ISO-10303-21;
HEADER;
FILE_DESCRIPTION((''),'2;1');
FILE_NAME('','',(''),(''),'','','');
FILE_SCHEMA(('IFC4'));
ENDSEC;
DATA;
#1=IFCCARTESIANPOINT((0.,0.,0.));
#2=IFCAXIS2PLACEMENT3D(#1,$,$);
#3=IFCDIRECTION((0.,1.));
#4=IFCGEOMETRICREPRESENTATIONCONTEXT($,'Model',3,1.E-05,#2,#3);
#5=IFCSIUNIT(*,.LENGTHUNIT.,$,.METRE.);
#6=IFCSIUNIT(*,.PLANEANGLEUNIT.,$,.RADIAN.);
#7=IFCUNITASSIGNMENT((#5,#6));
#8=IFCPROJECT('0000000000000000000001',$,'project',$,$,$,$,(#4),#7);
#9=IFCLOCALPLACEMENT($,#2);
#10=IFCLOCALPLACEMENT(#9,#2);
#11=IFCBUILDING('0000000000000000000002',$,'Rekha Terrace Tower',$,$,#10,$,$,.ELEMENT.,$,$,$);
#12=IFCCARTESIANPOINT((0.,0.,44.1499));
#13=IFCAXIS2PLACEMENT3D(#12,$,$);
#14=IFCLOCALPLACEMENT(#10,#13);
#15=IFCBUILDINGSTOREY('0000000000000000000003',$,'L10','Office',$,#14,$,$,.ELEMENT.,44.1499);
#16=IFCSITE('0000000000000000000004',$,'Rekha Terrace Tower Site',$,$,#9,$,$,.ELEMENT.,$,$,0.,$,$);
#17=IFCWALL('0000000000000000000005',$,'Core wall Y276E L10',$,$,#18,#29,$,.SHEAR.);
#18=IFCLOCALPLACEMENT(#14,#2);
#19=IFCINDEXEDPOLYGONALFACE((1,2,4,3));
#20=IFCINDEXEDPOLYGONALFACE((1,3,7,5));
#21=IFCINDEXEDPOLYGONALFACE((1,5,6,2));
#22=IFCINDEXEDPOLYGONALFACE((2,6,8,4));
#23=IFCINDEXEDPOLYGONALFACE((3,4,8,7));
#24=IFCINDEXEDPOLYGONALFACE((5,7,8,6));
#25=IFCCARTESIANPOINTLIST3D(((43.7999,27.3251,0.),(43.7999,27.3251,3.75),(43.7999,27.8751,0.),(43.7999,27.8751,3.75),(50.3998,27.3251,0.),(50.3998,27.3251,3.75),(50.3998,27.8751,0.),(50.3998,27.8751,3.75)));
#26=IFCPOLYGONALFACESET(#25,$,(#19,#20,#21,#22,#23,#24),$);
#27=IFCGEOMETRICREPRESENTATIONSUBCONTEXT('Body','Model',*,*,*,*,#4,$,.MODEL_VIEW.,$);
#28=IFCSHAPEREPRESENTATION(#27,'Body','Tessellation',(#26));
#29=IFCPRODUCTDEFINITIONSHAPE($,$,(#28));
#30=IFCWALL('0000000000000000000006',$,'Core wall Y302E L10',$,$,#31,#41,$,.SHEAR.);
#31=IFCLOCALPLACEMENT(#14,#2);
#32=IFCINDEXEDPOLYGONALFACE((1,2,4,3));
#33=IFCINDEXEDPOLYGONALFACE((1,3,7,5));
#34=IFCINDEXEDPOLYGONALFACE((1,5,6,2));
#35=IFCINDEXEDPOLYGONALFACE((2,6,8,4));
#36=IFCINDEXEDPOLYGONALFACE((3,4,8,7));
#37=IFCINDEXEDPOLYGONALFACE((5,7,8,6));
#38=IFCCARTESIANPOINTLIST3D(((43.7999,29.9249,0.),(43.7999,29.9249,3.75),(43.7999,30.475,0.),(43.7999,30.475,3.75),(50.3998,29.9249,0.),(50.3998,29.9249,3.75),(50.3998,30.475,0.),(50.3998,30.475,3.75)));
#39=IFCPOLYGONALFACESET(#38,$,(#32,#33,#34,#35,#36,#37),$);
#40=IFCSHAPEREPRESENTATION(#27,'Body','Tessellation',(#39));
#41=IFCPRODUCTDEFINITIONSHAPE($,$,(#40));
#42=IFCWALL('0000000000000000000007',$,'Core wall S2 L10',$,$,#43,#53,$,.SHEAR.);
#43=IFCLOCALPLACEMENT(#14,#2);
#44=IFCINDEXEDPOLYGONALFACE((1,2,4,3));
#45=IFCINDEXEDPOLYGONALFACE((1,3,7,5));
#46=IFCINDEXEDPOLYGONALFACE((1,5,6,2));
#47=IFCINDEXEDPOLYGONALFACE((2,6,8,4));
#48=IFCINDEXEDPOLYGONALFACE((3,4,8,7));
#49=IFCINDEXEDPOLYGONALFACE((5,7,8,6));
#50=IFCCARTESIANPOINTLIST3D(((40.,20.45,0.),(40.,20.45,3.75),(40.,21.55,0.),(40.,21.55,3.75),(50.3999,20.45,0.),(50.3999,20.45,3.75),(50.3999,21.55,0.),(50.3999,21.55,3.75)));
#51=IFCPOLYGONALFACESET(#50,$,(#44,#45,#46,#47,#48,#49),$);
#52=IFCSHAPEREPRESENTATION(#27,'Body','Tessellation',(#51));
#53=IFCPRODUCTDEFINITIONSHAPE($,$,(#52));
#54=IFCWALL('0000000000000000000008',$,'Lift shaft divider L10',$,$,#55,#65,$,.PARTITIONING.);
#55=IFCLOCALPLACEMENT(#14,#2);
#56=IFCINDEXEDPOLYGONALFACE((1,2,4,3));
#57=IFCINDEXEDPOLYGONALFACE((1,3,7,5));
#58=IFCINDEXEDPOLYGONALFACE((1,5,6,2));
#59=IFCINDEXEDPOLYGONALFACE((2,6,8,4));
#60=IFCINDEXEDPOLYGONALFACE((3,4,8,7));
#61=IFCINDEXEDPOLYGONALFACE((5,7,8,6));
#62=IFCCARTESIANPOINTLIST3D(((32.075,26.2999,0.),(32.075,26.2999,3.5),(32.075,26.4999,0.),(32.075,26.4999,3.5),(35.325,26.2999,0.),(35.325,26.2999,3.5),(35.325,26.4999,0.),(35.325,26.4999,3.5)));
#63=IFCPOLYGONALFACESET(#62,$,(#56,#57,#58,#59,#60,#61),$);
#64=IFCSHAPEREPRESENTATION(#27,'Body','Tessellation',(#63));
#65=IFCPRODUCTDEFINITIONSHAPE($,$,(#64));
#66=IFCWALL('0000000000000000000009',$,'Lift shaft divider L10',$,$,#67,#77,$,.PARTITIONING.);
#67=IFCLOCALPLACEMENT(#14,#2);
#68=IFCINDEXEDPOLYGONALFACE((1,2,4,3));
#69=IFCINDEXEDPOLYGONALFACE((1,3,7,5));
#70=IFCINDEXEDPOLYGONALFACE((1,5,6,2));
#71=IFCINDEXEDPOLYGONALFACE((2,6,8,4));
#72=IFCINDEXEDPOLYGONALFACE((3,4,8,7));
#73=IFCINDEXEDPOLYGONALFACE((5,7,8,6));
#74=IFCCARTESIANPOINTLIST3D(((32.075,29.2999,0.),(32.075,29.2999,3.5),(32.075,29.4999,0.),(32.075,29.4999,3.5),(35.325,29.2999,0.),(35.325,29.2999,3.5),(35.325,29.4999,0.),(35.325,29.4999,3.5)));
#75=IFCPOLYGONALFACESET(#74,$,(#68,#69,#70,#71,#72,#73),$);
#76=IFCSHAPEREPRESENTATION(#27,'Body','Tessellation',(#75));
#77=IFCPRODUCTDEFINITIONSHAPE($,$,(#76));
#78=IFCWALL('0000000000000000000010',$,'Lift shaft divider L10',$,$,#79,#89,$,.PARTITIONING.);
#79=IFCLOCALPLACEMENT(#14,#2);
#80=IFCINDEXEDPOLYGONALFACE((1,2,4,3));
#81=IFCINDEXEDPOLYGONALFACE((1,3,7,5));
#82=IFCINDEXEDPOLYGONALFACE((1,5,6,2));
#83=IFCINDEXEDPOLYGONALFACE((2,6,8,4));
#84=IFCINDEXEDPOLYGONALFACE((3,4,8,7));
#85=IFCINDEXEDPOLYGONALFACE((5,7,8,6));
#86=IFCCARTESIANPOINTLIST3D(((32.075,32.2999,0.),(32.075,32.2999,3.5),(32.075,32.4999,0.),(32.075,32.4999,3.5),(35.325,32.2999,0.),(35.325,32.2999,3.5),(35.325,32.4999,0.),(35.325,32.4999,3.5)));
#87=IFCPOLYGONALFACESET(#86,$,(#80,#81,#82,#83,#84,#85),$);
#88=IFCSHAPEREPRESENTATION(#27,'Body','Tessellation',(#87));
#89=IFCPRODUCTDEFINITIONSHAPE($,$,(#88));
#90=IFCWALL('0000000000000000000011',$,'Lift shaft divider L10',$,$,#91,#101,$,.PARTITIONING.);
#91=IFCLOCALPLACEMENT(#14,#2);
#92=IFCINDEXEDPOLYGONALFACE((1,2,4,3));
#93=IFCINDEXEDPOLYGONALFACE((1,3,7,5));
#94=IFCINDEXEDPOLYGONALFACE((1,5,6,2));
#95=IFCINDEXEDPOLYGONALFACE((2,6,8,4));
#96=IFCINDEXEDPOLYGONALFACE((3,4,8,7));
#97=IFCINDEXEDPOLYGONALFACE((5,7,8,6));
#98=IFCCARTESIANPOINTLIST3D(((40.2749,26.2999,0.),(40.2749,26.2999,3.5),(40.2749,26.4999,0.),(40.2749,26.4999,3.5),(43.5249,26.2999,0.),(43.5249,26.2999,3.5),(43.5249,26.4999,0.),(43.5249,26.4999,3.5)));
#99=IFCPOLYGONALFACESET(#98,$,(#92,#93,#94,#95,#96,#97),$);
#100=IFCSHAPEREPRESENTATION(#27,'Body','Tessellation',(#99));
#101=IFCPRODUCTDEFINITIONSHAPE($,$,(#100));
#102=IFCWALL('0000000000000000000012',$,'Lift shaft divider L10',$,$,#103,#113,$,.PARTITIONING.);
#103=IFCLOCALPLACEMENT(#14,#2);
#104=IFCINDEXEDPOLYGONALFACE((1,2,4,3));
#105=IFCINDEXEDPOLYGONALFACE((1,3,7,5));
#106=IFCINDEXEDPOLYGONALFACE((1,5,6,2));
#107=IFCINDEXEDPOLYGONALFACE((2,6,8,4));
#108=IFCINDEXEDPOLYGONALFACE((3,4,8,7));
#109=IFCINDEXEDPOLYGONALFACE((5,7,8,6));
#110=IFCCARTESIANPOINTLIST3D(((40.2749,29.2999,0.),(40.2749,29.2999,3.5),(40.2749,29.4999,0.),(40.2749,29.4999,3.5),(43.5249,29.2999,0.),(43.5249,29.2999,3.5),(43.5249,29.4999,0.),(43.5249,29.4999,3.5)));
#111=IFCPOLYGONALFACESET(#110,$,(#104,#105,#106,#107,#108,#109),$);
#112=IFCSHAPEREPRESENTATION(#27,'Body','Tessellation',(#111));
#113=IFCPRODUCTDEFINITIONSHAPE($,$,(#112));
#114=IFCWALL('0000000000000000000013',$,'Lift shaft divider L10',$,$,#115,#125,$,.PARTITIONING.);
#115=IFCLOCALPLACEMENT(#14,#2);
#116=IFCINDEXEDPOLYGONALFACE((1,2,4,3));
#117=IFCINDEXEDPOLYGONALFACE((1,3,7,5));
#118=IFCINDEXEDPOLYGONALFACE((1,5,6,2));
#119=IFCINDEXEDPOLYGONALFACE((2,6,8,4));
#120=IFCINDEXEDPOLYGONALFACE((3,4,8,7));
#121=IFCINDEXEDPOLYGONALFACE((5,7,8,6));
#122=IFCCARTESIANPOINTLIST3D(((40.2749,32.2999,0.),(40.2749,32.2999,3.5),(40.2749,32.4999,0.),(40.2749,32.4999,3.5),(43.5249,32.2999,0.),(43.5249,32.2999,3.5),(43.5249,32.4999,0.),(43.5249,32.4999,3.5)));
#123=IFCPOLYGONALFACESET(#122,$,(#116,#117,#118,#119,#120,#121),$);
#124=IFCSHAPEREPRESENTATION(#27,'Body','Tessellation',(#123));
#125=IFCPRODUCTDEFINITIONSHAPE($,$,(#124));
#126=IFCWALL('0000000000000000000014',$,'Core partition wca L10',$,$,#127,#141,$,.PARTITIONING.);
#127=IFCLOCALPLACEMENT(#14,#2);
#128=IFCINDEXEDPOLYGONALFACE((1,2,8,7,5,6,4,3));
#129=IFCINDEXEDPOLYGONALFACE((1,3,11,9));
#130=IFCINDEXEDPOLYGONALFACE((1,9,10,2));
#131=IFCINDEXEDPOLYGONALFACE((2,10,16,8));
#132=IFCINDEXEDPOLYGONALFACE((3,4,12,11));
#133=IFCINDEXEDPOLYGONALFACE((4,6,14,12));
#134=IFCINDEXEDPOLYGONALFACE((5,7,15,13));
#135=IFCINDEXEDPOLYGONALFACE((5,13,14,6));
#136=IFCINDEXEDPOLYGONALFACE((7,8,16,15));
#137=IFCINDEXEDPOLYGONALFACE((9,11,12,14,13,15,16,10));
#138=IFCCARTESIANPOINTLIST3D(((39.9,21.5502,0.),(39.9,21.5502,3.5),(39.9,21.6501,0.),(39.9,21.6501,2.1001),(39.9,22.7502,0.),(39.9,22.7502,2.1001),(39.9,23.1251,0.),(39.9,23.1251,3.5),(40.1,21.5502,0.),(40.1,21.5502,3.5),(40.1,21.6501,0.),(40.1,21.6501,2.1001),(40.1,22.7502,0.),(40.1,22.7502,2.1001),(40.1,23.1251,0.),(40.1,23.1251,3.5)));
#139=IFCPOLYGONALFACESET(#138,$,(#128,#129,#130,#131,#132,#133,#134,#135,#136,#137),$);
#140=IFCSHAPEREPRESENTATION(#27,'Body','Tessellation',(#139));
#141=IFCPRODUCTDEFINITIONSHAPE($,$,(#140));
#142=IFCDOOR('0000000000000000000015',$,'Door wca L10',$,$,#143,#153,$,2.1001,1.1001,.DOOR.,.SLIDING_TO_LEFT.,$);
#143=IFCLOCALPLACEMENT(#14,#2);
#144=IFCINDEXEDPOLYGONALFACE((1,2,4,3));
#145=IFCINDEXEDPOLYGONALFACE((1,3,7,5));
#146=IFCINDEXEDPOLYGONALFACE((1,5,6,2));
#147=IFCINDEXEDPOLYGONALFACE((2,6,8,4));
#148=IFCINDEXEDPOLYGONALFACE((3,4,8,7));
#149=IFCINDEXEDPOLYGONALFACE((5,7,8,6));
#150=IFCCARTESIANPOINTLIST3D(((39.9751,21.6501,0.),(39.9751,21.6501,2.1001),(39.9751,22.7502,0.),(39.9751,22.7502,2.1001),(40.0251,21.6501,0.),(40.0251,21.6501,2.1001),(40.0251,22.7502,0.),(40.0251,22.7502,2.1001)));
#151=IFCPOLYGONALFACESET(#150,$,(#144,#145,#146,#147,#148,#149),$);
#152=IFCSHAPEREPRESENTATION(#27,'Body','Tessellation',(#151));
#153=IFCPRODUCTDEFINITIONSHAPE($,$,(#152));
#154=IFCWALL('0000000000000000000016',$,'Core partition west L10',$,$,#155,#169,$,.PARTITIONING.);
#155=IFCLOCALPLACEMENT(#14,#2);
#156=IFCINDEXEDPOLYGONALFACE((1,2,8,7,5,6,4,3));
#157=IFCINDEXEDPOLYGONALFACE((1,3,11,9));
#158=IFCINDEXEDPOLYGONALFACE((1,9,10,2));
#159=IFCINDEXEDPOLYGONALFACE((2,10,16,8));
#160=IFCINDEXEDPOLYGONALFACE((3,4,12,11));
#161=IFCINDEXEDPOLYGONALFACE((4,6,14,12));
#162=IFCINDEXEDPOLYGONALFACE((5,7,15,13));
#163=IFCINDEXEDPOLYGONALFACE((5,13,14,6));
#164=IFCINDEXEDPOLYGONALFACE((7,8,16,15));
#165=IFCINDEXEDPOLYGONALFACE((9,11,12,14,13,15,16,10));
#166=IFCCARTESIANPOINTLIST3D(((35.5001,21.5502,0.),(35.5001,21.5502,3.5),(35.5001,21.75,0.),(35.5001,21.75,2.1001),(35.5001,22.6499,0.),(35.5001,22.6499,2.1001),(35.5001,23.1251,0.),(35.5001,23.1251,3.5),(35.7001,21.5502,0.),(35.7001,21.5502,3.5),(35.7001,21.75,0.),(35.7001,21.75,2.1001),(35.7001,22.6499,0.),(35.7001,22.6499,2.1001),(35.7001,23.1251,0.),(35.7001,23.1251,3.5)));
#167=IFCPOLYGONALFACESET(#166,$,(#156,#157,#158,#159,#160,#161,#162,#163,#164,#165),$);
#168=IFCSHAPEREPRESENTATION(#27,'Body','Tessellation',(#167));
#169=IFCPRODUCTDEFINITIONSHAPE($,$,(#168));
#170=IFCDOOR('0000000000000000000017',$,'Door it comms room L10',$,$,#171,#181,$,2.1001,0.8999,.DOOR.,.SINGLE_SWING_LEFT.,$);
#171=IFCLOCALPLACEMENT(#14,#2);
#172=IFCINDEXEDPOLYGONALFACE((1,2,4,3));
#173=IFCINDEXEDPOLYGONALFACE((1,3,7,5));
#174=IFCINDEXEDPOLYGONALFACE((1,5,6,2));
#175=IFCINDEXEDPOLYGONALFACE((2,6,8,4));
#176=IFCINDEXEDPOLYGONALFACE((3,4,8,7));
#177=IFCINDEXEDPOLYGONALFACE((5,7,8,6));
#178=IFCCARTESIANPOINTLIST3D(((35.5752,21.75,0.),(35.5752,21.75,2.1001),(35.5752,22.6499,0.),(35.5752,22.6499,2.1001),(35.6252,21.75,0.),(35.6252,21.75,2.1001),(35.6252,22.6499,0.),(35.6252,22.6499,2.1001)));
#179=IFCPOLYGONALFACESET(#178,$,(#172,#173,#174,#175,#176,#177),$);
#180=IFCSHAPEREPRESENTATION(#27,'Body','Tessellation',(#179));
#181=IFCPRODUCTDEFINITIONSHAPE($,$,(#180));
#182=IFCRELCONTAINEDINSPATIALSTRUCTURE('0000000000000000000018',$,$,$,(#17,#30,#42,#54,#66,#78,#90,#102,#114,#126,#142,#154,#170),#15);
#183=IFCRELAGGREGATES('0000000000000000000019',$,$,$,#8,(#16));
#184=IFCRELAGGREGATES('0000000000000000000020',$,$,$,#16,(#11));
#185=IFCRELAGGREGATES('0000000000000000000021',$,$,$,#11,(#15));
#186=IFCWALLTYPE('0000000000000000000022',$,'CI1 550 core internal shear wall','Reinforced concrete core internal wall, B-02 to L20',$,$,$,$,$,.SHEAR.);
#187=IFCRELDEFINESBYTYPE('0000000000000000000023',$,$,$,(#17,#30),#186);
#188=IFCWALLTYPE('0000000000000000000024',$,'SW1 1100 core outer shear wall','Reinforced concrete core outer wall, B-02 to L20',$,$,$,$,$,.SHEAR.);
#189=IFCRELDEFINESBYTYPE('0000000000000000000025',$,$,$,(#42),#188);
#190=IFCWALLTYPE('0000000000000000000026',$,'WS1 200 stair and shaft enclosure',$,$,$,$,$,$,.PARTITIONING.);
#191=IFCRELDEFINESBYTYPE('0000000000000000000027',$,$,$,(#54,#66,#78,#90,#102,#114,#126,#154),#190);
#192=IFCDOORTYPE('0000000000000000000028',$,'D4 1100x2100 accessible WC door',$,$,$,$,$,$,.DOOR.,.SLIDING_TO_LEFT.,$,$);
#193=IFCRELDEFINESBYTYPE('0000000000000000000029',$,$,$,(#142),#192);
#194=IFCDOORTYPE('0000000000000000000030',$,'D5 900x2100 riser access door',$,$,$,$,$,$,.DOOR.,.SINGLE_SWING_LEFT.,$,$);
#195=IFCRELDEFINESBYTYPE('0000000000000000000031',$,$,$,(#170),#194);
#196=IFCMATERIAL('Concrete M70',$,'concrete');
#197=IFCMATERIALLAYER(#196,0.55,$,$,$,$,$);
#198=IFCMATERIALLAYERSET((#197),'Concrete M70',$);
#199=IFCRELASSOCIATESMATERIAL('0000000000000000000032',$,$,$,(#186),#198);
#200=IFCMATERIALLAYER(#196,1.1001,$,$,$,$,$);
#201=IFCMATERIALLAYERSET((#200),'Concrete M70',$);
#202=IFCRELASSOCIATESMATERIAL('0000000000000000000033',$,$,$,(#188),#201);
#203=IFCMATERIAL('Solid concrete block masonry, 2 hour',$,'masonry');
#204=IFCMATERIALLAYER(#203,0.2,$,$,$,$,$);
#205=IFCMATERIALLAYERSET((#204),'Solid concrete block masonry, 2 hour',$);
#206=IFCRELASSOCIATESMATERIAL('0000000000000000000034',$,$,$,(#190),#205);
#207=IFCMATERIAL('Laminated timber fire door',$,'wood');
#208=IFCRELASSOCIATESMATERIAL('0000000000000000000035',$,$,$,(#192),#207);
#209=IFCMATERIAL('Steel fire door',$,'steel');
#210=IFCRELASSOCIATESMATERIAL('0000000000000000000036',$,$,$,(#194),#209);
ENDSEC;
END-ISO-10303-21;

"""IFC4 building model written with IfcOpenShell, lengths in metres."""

from ifc_helpers import new_model, si_unit, direction, frame, frame_2d, origin, place, context, subcontext, project, spatial, rectangle, extrude, material, layer, layer_set, type_object, element, fill, save


model = new_model("IFC4")

# Units and contexts
model_context = context("Model", 3, precision=1e-05, world=origin(), true_north=direction((0.0, 1.0)))
body_context = subcontext(model_context, "Body", "Model", "MODEL_VIEW")
ifc_project = project(units=[si_unit("LENGTHUNIT", "METRE"), si_unit("PLANEANGLEUNIT", "RADIAN")], contexts=[model_context])

# Site, building, storey
site_placement = place(None, origin())
site = spatial("IfcSite", under=ifc_project, at=site_placement, Name="Rekha Terrace Tower Site", CompositionType="ELEMENT", RefElevation=0.0)
building_placement = place(site_placement, origin())
building = spatial("IfcBuilding", under=site, at=building_placement, Name="Rekha Terrace Tower", CompositionType="ELEMENT")
storey_placement = place(building_placement, frame((0.0, 0.0, 44.1499)))
storey = spatial("IfcBuildingStorey", under=building, at=storey_placement, Name="L10", Description="Office", CompositionType="ELEMENT", Elevation=44.1499)

# Shared definitions
ifc_material_1 = material(Name="Concrete M70", Category="concrete")
ifc_layer_1 = layer(ifc_material_1, 0.55)
ifc_layer_set_1 = layer_set([ifc_layer_1], Name="Concrete M70")
wall_type_1 = type_object("IfcWallType", Name="CI1 550 core internal shear wall", Description="Reinforced concrete core internal wall, B-02 to L20", PredefinedType="SHEAR", material=ifc_layer_set_1)

# Walls
for number, where, z_axis, x_axis, name in (
    (1, (43.8, 27.6001, 0.0), (0.0, 0.0, 1.0), (1.0, 0.0, 0.0), "Core wall Y276E L10"),
    (2, (43.8, 30.2, 0.0), (0.0, 0.0, 1.0), (1.0, 0.0, 0.0), "Core wall Y302E L10"),
):
    element("IfcWall", number, at=place(storey_placement, frame(where, z_axis=z_axis, x_axis=x_axis)), inside=storey, type_object=wall_type_1, Name=name, PredefinedType="SHEAR", context=body_context, shape_type="SweptSolid", body=[
        extrude(rectangle(XDim=6.5999, YDim=0.55, at=frame_2d((3.2998, 0.0))), origin(), (0.0, 0.0, 1.0), 3.75),
    ])
ifc_layer_2 = layer(ifc_material_1, 1.1001)
ifc_layer_set_2 = layer_set([ifc_layer_2], Name="Concrete M70")
wall_type_2 = type_object("IfcWallType", Name="SW1 1100 core outer shear wall", Description="Reinforced concrete core outer wall, B-02 to L20", PredefinedType="SHEAR", material=ifc_layer_set_2)
wall_1_placement = place(storey_placement, frame((40.0, 21.0, 0.0), z_axis=(0.0, 0.0, 1.0), x_axis=(1.0, 0.0, 0.0)))
element("IfcWall", 3, at=wall_1_placement, inside=storey, type_object=wall_type_2, Name="Core wall S2 L10", PredefinedType="SHEAR", context=body_context, shape_type="SweptSolid", body=[
    extrude(rectangle(XDim=10.3999, YDim=1.1001, at=frame_2d((5.2, 0.0))), origin(), (0.0, 0.0, 1.0), 3.75),
])
ifc_material_2 = material(Name="Solid concrete block masonry, 2 hour", Category="masonry")
ifc_layer_3 = layer(ifc_material_2, 0.2)
ifc_layer_set_3 = layer_set([ifc_layer_3], Name="Solid concrete block masonry, 2 hour")
wall_type_3 = type_object("IfcWallType", Name="WS1 200 stair and shaft enclosure", PredefinedType="PARTITIONING", material=ifc_layer_set_3)
for number, where, z_axis, x_axis, name in (
    (4, (32.075, 26.3999, 0.0), (0.0, 0.0, 1.0), (1.0, 0.0, 0.0), "Lift shaft divider L10"),
    (5, (32.075, 29.3999, 0.0), (0.0, 0.0, 1.0), (1.0, 0.0, 0.0), "Lift shaft divider L10"),
    (6, (32.075, 32.3999, 0.0), (0.0, 0.0, 1.0), (1.0, 0.0, 0.0), "Lift shaft divider L10"),
    (7, (40.2749, 26.3999, 0.0), (0.0, 0.0, 1.0), (1.0, 0.0, 0.0), "Lift shaft divider L10"),
    (8, (40.2749, 29.3999, 0.0), (0.0, 0.0, 1.0), (1.0, 0.0, 0.0), "Lift shaft divider L10"),
    (9, (40.2749, 32.3999, 0.0), (0.0, 0.0, 1.0), (1.0, 0.0, 0.0), "Lift shaft divider L10"),
):
    element("IfcWall", number, at=place(storey_placement, frame(where, z_axis=z_axis, x_axis=x_axis)), inside=storey, type_object=wall_type_3, Name=name, PredefinedType="PARTITIONING", context=body_context, shape_type="SweptSolid", body=[
        extrude(rectangle(XDim=3.25, YDim=0.2, at=frame_2d((1.625, 0.0))), origin(), (0.0, 0.0, 1.0), 3.5),
    ])

# Walls, openings, doors
wall_2_placement = place(storey_placement, frame((40.0, 21.55, 0.0), z_axis=(0.0, 0.0, 1.0), x_axis=(0.0, 1.0, 0.0)))
wall_2 = element("IfcWall", 10, at=wall_2_placement, inside=storey, type_object=wall_type_3, Name="Core partition wca L10", PredefinedType="PARTITIONING", context=body_context, shape_type="SweptSolid", body=[
    extrude(rectangle(XDim=1.575, YDim=0.2, at=frame_2d((0.7876, 0.0))), origin(), (0.0, 0.0, 1.0), 3.5),
])
opening_1_placement = place(wall_2_placement, frame((0.1001, 0.0, 0.0)))
opening_1 = element("IfcOpeningElement", 11, at=opening_1_placement, cuts=wall_2, PredefinedType="OPENING", context=body_context, shape_type="SweptSolid", body=[
    extrude(rectangle(XDim=1.1001, YDim=2.1001, at=frame_2d((0.55, 1.05))), frame((0.0, 0.1099, 0.0), z_axis=(0.0, -1.0, 0.0), x_axis=(1.0, 0.0, 0.0)), (0.0, 0.0, 1.0), 0.22),
])
ifc_material_3 = material(Name="Laminated timber fire door", Category="wood")
door_type_1 = type_object("IfcDoorType", Name="D4 1100x2100 accessible WC door", OperationType="SLIDING_TO_LEFT", PredefinedType="DOOR", material=ifc_material_3)
door_1_placement = place(opening_1_placement, origin())
door_1 = element("IfcDoor", 12, at=door_1_placement, inside=storey, type_object=door_type_1, Name="Door wca L10", OperationType="SLIDING_TO_LEFT", OverallHeight=2.1001, OverallWidth=1.1001, PredefinedType="DOOR", context=body_context, shape_type="SweptSolid", body=[
    extrude(rectangle(XDim=1.1001, YDim=2.1001, at=frame_2d((0.55, 1.05))), frame((0.0, 0.0249, 0.0), z_axis=(0.0, -1.0, 0.0), x_axis=(1.0, 0.0, 0.0)), (0.0, 0.0, 1.0), 0.05),
])
fill(opening_1, door_1)
wall_3_placement = place(storey_placement, frame((35.6001, 21.55, 0.0), z_axis=(0.0, 0.0, 1.0), x_axis=(0.0, 1.0, 0.0)))
wall_3 = element("IfcWall", 13, at=wall_3_placement, inside=storey, type_object=wall_type_3, Name="Core partition west L10", PredefinedType="PARTITIONING", context=body_context, shape_type="SweptSolid", body=[
    extrude(rectangle(XDim=1.575, YDim=0.2, at=frame_2d((0.7876, 0.0))), origin(), (0.0, 0.0, 1.0), 3.5),
])
opening_2_placement = place(wall_3_placement, frame((0.2, 0.0, 0.0)))
opening_2 = element("IfcOpeningElement", 14, at=opening_2_placement, cuts=wall_3, PredefinedType="OPENING", context=body_context, shape_type="SweptSolid", body=[
    extrude(rectangle(XDim=0.8999, YDim=2.1001, at=frame_2d((0.45, 1.05))), frame((0.0, 0.1099, 0.0), z_axis=(0.0, -1.0, 0.0), x_axis=(1.0, 0.0, 0.0)), (0.0, 0.0, 1.0), 0.22),
])
ifc_material_4 = material(Name="Steel fire door", Category="steel")
door_type_2 = type_object("IfcDoorType", Name="D5 900x2100 riser access door", OperationType="SINGLE_SWING_LEFT", PredefinedType="DOOR", material=ifc_material_4)
door_2_placement = place(opening_2_placement, origin())
door_2 = element("IfcDoor", 15, at=door_2_placement, inside=storey, type_object=door_type_2, Name="Door it comms room L10", OperationType="SINGLE_SWING_LEFT", OverallHeight=2.1001, OverallWidth=0.8999, PredefinedType="DOOR", context=body_context, shape_type="SweptSolid", body=[
    extrude(rectangle(XDim=0.8999, YDim=2.1001, at=frame_2d((0.45, 1.05))), frame((0.0, 0.0249, 0.0), z_axis=(0.0, -1.0, 0.0), x_axis=(1.0, 0.0, 0.0)), (0.0, 0.0, 1.0), 0.05),
])
fill(opening_2, door_2)

save(model, "model.ifc")
